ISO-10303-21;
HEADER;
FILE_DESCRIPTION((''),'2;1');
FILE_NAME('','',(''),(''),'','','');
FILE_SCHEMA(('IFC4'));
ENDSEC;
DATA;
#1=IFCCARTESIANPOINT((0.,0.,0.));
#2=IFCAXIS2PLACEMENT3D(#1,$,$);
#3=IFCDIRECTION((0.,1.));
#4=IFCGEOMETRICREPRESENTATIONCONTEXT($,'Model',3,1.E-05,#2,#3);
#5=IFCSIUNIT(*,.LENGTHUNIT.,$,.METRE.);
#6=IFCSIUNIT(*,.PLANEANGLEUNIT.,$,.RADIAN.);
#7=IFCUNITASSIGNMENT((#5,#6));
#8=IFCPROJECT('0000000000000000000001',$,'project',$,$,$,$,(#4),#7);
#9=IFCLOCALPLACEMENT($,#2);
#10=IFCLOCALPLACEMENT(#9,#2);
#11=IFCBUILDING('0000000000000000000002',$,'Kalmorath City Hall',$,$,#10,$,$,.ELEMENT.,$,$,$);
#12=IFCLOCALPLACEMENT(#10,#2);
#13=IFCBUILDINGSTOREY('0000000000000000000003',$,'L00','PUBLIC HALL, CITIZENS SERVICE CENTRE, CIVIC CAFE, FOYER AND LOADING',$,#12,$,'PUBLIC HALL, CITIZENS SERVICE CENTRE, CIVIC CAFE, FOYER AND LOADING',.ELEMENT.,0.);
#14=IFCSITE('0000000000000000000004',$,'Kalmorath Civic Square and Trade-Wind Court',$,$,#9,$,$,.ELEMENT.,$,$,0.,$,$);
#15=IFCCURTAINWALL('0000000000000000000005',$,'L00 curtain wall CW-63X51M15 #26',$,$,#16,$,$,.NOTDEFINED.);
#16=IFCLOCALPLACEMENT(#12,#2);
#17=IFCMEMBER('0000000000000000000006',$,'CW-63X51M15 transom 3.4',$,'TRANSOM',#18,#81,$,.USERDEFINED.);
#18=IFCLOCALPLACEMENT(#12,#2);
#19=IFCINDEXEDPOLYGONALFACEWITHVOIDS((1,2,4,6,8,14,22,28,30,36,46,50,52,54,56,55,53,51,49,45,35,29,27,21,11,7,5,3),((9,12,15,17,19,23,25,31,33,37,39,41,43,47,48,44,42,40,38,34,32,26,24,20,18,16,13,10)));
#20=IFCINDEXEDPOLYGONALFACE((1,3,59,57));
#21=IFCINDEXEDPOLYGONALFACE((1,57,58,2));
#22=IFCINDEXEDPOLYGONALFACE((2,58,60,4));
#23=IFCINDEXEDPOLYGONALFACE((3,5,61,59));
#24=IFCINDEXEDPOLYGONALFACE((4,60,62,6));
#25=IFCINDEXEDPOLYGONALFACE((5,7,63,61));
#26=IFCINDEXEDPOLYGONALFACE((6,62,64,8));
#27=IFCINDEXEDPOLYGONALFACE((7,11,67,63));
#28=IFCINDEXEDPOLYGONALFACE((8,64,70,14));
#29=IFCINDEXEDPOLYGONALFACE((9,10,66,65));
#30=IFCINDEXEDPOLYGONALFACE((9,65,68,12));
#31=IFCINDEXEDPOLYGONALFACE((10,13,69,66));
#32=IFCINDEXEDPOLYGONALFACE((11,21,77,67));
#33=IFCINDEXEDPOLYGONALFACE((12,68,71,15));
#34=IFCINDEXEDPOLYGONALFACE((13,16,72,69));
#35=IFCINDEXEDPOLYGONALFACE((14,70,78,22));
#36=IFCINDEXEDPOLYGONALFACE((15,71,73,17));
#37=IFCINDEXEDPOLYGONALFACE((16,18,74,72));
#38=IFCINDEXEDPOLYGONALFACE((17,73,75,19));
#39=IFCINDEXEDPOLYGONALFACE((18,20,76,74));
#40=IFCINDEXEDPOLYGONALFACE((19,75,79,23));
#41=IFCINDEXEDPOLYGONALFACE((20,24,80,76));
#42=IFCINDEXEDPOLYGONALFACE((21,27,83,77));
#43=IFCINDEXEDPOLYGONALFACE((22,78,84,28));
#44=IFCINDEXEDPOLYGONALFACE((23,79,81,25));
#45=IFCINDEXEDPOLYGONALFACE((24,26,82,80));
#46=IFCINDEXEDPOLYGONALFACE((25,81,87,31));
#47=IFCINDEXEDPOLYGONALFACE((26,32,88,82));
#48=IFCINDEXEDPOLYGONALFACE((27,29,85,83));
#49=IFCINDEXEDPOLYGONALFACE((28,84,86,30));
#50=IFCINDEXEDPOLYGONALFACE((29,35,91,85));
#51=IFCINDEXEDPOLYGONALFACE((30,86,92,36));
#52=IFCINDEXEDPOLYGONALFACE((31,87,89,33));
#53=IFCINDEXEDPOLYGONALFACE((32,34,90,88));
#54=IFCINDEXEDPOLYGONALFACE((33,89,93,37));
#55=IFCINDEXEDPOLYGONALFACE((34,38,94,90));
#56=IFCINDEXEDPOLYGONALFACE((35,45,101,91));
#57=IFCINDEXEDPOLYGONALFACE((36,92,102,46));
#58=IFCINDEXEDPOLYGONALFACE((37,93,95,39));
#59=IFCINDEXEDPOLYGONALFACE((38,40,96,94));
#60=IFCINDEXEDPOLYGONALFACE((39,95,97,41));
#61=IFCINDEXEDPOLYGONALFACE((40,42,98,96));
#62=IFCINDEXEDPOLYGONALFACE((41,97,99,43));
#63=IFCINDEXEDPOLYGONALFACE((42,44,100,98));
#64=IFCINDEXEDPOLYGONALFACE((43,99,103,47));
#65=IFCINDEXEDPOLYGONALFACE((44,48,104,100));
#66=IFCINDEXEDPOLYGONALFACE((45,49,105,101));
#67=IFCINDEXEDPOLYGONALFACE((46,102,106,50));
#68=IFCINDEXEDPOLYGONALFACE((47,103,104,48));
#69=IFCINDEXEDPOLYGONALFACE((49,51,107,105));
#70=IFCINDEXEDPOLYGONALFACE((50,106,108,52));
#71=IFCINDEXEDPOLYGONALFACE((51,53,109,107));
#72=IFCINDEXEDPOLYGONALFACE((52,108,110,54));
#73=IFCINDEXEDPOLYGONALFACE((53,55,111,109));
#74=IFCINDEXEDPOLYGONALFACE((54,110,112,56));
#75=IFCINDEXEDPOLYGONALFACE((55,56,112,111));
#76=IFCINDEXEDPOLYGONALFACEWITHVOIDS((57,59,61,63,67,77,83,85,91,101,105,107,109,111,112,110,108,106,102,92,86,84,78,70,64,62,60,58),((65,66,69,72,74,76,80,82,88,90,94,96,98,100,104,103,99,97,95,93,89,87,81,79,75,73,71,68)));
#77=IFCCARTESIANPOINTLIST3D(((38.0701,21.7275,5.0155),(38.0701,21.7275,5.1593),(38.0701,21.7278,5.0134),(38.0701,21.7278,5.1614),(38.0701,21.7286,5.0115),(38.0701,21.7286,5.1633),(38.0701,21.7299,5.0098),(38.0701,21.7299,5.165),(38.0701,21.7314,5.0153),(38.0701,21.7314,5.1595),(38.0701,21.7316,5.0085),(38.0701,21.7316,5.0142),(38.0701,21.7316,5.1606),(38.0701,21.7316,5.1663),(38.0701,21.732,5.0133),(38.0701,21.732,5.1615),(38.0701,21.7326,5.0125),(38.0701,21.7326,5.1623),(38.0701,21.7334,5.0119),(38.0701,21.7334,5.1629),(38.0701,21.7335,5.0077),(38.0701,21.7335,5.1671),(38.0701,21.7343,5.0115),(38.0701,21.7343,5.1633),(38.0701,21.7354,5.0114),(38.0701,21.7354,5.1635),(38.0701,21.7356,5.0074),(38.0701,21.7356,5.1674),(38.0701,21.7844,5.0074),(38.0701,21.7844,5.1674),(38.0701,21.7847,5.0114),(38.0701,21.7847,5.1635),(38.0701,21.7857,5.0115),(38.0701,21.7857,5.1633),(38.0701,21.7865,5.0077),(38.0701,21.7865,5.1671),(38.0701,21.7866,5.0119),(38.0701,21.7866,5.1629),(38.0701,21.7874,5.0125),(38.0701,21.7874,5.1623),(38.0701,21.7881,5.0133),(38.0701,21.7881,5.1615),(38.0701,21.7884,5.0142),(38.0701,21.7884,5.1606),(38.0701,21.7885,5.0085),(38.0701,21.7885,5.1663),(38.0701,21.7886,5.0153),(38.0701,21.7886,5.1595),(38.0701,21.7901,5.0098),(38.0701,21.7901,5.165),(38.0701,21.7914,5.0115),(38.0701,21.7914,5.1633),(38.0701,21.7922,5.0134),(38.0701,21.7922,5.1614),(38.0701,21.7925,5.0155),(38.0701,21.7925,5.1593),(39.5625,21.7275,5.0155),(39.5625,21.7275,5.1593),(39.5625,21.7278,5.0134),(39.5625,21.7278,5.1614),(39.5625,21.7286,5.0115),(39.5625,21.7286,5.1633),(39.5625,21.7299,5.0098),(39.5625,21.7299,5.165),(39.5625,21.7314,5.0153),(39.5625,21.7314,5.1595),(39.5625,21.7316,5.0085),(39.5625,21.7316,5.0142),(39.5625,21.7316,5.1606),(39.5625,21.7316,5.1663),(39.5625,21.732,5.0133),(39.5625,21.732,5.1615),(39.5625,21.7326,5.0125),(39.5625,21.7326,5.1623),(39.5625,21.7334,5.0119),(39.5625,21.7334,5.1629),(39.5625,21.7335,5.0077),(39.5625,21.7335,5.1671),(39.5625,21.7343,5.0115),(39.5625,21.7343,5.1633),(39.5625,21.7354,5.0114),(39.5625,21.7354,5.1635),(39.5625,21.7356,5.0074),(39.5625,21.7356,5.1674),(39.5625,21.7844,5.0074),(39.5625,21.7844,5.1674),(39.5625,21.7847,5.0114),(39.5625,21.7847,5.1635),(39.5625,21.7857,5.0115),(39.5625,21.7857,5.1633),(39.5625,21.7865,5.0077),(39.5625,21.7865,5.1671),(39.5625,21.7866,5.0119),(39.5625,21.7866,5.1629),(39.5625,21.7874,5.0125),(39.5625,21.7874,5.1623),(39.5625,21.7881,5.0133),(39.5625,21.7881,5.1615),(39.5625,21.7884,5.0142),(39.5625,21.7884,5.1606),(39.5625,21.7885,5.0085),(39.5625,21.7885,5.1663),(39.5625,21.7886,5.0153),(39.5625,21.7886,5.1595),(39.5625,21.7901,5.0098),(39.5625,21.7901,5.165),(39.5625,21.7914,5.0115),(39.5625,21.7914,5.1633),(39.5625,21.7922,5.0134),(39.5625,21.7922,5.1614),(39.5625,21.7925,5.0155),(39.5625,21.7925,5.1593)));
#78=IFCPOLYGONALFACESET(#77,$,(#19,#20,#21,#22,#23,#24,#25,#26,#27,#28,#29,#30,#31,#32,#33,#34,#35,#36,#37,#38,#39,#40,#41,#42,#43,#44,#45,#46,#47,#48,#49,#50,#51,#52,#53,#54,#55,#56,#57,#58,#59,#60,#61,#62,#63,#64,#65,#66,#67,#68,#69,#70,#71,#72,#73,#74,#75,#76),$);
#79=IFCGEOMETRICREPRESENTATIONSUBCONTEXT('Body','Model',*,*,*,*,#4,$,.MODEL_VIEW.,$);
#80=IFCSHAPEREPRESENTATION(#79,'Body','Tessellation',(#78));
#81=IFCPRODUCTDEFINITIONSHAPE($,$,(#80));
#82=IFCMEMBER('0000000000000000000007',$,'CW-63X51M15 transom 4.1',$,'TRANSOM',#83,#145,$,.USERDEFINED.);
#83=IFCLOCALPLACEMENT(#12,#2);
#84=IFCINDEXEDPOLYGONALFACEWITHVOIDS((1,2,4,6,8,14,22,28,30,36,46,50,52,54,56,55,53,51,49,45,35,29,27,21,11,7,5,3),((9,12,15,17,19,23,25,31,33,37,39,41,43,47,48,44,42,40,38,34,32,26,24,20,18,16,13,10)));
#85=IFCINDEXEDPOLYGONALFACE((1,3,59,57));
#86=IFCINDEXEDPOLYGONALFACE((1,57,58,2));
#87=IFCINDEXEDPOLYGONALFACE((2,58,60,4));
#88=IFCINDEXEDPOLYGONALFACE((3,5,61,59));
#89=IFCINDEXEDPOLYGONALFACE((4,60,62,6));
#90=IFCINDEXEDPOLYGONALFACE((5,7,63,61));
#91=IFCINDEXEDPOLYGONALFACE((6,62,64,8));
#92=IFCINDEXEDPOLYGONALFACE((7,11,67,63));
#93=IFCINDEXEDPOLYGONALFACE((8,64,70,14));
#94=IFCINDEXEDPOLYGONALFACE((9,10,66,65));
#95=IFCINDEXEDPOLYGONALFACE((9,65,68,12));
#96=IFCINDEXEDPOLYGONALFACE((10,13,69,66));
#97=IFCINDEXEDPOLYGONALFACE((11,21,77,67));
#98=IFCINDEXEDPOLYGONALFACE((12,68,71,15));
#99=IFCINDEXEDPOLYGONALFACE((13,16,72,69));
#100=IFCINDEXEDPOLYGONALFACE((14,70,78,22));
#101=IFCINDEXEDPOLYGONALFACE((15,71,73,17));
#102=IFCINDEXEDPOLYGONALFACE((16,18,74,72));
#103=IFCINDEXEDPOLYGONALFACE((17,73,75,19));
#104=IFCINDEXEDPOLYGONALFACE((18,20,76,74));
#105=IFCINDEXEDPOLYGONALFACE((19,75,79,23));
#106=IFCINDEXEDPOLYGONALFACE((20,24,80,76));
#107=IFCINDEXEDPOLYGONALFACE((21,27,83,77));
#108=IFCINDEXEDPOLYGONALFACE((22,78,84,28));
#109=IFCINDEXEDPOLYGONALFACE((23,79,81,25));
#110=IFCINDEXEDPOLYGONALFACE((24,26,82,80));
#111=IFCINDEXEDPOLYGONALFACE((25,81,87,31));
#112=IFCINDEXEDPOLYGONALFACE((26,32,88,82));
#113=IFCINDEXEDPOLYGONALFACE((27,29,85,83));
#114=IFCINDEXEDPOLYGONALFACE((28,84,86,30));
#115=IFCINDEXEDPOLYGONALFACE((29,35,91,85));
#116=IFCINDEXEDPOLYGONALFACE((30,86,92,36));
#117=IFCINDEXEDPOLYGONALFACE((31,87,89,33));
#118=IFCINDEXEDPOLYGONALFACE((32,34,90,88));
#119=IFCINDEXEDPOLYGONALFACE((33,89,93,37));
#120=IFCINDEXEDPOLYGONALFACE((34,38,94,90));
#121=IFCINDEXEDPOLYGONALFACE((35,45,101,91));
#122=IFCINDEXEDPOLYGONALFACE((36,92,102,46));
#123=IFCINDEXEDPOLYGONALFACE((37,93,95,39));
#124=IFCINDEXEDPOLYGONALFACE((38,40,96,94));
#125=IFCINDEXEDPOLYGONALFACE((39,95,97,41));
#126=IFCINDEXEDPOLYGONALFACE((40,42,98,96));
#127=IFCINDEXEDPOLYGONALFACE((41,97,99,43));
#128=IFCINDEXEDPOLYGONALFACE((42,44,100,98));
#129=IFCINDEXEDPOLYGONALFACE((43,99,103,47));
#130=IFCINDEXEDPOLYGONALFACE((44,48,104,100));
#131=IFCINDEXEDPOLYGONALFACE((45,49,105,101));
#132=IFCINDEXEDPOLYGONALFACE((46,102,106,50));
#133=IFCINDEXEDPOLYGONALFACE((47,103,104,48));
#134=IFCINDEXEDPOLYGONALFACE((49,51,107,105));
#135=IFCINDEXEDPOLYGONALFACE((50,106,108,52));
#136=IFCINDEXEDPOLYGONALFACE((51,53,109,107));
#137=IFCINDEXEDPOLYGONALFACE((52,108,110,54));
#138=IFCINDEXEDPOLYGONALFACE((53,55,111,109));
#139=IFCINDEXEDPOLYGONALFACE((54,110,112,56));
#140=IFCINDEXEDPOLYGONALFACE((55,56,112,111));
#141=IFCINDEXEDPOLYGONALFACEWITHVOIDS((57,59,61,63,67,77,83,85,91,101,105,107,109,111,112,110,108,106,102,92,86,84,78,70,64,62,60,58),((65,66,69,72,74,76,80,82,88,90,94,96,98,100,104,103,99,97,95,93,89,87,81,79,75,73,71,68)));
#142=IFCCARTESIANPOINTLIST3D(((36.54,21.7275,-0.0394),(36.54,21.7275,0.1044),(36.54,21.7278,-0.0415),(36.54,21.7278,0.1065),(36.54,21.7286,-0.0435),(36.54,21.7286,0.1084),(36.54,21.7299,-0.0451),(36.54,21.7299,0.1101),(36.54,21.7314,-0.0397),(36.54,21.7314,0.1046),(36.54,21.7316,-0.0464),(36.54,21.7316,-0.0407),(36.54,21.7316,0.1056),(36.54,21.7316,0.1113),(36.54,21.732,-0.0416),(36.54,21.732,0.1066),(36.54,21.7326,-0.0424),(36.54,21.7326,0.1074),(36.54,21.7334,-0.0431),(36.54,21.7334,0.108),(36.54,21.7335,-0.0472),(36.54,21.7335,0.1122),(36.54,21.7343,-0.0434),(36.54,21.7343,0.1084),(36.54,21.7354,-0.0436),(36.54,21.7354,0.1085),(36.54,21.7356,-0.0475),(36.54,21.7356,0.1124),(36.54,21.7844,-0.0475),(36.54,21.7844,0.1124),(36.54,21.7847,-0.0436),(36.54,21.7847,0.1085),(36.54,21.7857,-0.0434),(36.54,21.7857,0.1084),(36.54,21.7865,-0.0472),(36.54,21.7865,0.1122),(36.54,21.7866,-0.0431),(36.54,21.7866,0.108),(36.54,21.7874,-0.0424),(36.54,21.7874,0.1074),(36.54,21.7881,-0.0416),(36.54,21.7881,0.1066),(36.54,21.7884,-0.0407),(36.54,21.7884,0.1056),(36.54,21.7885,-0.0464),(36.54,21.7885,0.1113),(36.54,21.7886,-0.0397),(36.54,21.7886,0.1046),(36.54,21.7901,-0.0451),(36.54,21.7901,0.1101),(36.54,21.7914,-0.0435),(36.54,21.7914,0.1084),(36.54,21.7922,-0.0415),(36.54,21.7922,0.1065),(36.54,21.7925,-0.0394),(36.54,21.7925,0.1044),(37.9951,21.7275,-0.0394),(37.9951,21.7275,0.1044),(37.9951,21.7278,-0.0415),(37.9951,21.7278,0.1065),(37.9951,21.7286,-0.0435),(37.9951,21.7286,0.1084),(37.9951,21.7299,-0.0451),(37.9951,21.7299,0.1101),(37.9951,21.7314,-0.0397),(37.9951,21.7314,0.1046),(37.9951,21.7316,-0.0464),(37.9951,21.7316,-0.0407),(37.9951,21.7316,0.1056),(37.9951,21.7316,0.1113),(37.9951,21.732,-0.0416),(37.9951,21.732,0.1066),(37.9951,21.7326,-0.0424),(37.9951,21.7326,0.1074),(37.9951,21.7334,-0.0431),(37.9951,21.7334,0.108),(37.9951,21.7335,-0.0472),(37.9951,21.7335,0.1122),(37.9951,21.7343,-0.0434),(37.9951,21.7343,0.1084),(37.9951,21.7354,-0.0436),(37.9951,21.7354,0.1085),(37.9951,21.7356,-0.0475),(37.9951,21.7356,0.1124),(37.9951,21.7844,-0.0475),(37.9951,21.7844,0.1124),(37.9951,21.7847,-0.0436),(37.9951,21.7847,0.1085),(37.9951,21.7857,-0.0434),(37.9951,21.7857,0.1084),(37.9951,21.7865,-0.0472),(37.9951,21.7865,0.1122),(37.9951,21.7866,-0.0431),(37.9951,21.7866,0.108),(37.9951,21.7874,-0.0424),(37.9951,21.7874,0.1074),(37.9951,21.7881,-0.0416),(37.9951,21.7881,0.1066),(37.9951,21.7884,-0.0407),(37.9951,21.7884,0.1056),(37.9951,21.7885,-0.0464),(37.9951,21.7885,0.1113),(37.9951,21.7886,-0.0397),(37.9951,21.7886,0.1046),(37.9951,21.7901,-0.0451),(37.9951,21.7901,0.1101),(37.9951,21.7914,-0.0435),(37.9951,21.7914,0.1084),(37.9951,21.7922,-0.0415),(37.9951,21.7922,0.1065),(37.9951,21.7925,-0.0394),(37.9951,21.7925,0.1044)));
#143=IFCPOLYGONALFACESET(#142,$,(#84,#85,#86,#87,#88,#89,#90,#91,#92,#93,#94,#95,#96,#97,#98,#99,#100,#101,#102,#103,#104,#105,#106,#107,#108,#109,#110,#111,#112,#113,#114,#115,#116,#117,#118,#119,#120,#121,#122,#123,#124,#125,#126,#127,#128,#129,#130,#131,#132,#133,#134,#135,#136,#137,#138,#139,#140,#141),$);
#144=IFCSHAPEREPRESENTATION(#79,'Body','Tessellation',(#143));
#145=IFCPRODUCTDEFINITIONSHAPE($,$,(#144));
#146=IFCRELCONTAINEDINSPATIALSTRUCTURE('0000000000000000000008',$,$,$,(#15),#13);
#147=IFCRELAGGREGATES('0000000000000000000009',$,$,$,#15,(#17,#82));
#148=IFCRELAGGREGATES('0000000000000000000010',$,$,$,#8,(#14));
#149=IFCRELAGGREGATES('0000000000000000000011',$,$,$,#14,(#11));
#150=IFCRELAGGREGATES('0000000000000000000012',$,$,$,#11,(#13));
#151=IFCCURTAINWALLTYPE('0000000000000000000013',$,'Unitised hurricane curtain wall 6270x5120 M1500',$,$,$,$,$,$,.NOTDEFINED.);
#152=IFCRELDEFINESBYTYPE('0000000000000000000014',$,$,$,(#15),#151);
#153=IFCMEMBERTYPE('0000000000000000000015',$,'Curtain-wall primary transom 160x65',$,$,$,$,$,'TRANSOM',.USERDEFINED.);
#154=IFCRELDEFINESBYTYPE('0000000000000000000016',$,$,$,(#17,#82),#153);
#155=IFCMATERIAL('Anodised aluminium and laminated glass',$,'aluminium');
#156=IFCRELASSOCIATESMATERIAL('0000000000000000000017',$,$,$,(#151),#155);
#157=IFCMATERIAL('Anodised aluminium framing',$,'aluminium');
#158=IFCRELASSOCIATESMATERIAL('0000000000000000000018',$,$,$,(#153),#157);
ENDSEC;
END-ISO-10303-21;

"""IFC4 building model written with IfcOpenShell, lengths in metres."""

from ifc_helpers import new_model, si_unit, direction, frame, origin, origin_2d, place, context, subcontext, project, spatial, hollow_rectangle, extrude, material, material_profile, profile_set, type_object, element, aggregate, save


model = new_model("IFC4")

# Units and contexts
model_context = context("Model", 3, precision=1e-05, world=origin(), true_north=direction((0.0, 1.0)))
body_context = subcontext(model_context, "Body", "Model", "MODEL_VIEW")
ifc_project = project(units=[si_unit("LENGTHUNIT", "METRE"), si_unit("PLANEANGLEUNIT", "RADIAN")], contexts=[model_context])

# Site, building, storey
site_placement = place(None, origin())
site = spatial("IfcSite", under=ifc_project, at=site_placement, Name="Kalmorath Civic Square and Trade-Wind Court", CompositionType="ELEMENT", RefElevation=0.0)
building_placement = place(site_placement, origin())
building = spatial("IfcBuilding", under=site, at=building_placement, Name="Kalmorath City Hall", CompositionType="ELEMENT")
storey_placement = place(building_placement, origin())
storey = spatial("IfcBuildingStorey", under=building, at=storey_placement, Name="L00", Description="PUBLIC HALL, CITIZENS SERVICE CENTRE, CIVIC CAFE, FOYER AND LOADING", LongName="PUBLIC HALL, CITIZENS SERVICE CENTRE, CIVIC CAFE, FOYER AND LOADING", CompositionType="ELEMENT", Elevation=0.0)

# Curtain wall, members
ifc_material_1 = material(Name="Anodised aluminium and laminated glass", Category="aluminium")
curtain_wall_type = type_object("IfcCurtainWallType", Name="Unitised hurricane curtain wall 6270x5120 M1500", PredefinedType="NOTDEFINED", material=ifc_material_1)
curtain_wall_placement = place(storey_placement, origin())
curtain_wall = element("IfcCurtainWall", 1, at=curtain_wall_placement, inside=storey, type_object=curtain_wall_type, Name="L00 curtain wall CW-63X51M15 #26", PredefinedType="NOTDEFINED")
ifc_material_2 = material(Name="Anodised aluminium framing", Category="aluminium")
ifc_material_profile_1 = material_profile(ifc_material_2, hollow_rectangle(XDim=0.0649, YDim=0.1599, WallThickness=0.0039, InnerFilletRadius=0.0039, OuterFilletRadius=0.0081, at=origin_2d()), Name="ALU-TRN-160X65X4")
ifc_profile_set_1 = profile_set([ifc_material_profile_1], Name="Anodised aluminium framing")
member_type_1 = type_object("IfcMemberType", Name="Curtain-wall primary transom 160x65", ElementType="TRANSOM", PredefinedType="USERDEFINED", material=ifc_profile_set_1)
member_1_placement = place(storey_placement, frame((39.5625, 21.76, 5.0874), z_axis=(-1.0, 0.0, 0.0), x_axis=(0.0, -1.0, 0.0)))
member_1 = element("IfcMember", 2, at=member_1_placement, type_object=member_type_1, Name="CW-63X51M15 transom 3.4", ObjectType="TRANSOM", PredefinedType="USERDEFINED", context=body_context, shape_type="SweptSolid", body=[
    extrude(hollow_rectangle(XDim=0.0649, YDim=0.1599, WallThickness=0.0039, InnerFilletRadius=0.0039, OuterFilletRadius=0.0081, at=origin_2d()), origin(), (0.0, 0.0, 1.0), 1.4924),
])
member_2_placement = place(storey_placement, frame((37.9951, 21.76, 0.0325), z_axis=(-1.0, 0.0, 0.0), x_axis=(0.0, -1.0, 0.0)))
member_2 = element("IfcMember", 3, at=member_2_placement, type_object=member_type_1, Name="CW-63X51M15 transom 4.1", ObjectType="TRANSOM", PredefinedType="USERDEFINED", context=body_context, shape_type="SweptSolid", body=[
    extrude(hollow_rectangle(XDim=0.0649, YDim=0.1599, WallThickness=0.0039, InnerFilletRadius=0.0039, OuterFilletRadius=0.0081, at=origin_2d()), origin(), (0.0, 0.0, 1.0), 1.4551),
])

aggregate(curtain_wall, [member_1, member_2])

save(model, "model.ifc")
